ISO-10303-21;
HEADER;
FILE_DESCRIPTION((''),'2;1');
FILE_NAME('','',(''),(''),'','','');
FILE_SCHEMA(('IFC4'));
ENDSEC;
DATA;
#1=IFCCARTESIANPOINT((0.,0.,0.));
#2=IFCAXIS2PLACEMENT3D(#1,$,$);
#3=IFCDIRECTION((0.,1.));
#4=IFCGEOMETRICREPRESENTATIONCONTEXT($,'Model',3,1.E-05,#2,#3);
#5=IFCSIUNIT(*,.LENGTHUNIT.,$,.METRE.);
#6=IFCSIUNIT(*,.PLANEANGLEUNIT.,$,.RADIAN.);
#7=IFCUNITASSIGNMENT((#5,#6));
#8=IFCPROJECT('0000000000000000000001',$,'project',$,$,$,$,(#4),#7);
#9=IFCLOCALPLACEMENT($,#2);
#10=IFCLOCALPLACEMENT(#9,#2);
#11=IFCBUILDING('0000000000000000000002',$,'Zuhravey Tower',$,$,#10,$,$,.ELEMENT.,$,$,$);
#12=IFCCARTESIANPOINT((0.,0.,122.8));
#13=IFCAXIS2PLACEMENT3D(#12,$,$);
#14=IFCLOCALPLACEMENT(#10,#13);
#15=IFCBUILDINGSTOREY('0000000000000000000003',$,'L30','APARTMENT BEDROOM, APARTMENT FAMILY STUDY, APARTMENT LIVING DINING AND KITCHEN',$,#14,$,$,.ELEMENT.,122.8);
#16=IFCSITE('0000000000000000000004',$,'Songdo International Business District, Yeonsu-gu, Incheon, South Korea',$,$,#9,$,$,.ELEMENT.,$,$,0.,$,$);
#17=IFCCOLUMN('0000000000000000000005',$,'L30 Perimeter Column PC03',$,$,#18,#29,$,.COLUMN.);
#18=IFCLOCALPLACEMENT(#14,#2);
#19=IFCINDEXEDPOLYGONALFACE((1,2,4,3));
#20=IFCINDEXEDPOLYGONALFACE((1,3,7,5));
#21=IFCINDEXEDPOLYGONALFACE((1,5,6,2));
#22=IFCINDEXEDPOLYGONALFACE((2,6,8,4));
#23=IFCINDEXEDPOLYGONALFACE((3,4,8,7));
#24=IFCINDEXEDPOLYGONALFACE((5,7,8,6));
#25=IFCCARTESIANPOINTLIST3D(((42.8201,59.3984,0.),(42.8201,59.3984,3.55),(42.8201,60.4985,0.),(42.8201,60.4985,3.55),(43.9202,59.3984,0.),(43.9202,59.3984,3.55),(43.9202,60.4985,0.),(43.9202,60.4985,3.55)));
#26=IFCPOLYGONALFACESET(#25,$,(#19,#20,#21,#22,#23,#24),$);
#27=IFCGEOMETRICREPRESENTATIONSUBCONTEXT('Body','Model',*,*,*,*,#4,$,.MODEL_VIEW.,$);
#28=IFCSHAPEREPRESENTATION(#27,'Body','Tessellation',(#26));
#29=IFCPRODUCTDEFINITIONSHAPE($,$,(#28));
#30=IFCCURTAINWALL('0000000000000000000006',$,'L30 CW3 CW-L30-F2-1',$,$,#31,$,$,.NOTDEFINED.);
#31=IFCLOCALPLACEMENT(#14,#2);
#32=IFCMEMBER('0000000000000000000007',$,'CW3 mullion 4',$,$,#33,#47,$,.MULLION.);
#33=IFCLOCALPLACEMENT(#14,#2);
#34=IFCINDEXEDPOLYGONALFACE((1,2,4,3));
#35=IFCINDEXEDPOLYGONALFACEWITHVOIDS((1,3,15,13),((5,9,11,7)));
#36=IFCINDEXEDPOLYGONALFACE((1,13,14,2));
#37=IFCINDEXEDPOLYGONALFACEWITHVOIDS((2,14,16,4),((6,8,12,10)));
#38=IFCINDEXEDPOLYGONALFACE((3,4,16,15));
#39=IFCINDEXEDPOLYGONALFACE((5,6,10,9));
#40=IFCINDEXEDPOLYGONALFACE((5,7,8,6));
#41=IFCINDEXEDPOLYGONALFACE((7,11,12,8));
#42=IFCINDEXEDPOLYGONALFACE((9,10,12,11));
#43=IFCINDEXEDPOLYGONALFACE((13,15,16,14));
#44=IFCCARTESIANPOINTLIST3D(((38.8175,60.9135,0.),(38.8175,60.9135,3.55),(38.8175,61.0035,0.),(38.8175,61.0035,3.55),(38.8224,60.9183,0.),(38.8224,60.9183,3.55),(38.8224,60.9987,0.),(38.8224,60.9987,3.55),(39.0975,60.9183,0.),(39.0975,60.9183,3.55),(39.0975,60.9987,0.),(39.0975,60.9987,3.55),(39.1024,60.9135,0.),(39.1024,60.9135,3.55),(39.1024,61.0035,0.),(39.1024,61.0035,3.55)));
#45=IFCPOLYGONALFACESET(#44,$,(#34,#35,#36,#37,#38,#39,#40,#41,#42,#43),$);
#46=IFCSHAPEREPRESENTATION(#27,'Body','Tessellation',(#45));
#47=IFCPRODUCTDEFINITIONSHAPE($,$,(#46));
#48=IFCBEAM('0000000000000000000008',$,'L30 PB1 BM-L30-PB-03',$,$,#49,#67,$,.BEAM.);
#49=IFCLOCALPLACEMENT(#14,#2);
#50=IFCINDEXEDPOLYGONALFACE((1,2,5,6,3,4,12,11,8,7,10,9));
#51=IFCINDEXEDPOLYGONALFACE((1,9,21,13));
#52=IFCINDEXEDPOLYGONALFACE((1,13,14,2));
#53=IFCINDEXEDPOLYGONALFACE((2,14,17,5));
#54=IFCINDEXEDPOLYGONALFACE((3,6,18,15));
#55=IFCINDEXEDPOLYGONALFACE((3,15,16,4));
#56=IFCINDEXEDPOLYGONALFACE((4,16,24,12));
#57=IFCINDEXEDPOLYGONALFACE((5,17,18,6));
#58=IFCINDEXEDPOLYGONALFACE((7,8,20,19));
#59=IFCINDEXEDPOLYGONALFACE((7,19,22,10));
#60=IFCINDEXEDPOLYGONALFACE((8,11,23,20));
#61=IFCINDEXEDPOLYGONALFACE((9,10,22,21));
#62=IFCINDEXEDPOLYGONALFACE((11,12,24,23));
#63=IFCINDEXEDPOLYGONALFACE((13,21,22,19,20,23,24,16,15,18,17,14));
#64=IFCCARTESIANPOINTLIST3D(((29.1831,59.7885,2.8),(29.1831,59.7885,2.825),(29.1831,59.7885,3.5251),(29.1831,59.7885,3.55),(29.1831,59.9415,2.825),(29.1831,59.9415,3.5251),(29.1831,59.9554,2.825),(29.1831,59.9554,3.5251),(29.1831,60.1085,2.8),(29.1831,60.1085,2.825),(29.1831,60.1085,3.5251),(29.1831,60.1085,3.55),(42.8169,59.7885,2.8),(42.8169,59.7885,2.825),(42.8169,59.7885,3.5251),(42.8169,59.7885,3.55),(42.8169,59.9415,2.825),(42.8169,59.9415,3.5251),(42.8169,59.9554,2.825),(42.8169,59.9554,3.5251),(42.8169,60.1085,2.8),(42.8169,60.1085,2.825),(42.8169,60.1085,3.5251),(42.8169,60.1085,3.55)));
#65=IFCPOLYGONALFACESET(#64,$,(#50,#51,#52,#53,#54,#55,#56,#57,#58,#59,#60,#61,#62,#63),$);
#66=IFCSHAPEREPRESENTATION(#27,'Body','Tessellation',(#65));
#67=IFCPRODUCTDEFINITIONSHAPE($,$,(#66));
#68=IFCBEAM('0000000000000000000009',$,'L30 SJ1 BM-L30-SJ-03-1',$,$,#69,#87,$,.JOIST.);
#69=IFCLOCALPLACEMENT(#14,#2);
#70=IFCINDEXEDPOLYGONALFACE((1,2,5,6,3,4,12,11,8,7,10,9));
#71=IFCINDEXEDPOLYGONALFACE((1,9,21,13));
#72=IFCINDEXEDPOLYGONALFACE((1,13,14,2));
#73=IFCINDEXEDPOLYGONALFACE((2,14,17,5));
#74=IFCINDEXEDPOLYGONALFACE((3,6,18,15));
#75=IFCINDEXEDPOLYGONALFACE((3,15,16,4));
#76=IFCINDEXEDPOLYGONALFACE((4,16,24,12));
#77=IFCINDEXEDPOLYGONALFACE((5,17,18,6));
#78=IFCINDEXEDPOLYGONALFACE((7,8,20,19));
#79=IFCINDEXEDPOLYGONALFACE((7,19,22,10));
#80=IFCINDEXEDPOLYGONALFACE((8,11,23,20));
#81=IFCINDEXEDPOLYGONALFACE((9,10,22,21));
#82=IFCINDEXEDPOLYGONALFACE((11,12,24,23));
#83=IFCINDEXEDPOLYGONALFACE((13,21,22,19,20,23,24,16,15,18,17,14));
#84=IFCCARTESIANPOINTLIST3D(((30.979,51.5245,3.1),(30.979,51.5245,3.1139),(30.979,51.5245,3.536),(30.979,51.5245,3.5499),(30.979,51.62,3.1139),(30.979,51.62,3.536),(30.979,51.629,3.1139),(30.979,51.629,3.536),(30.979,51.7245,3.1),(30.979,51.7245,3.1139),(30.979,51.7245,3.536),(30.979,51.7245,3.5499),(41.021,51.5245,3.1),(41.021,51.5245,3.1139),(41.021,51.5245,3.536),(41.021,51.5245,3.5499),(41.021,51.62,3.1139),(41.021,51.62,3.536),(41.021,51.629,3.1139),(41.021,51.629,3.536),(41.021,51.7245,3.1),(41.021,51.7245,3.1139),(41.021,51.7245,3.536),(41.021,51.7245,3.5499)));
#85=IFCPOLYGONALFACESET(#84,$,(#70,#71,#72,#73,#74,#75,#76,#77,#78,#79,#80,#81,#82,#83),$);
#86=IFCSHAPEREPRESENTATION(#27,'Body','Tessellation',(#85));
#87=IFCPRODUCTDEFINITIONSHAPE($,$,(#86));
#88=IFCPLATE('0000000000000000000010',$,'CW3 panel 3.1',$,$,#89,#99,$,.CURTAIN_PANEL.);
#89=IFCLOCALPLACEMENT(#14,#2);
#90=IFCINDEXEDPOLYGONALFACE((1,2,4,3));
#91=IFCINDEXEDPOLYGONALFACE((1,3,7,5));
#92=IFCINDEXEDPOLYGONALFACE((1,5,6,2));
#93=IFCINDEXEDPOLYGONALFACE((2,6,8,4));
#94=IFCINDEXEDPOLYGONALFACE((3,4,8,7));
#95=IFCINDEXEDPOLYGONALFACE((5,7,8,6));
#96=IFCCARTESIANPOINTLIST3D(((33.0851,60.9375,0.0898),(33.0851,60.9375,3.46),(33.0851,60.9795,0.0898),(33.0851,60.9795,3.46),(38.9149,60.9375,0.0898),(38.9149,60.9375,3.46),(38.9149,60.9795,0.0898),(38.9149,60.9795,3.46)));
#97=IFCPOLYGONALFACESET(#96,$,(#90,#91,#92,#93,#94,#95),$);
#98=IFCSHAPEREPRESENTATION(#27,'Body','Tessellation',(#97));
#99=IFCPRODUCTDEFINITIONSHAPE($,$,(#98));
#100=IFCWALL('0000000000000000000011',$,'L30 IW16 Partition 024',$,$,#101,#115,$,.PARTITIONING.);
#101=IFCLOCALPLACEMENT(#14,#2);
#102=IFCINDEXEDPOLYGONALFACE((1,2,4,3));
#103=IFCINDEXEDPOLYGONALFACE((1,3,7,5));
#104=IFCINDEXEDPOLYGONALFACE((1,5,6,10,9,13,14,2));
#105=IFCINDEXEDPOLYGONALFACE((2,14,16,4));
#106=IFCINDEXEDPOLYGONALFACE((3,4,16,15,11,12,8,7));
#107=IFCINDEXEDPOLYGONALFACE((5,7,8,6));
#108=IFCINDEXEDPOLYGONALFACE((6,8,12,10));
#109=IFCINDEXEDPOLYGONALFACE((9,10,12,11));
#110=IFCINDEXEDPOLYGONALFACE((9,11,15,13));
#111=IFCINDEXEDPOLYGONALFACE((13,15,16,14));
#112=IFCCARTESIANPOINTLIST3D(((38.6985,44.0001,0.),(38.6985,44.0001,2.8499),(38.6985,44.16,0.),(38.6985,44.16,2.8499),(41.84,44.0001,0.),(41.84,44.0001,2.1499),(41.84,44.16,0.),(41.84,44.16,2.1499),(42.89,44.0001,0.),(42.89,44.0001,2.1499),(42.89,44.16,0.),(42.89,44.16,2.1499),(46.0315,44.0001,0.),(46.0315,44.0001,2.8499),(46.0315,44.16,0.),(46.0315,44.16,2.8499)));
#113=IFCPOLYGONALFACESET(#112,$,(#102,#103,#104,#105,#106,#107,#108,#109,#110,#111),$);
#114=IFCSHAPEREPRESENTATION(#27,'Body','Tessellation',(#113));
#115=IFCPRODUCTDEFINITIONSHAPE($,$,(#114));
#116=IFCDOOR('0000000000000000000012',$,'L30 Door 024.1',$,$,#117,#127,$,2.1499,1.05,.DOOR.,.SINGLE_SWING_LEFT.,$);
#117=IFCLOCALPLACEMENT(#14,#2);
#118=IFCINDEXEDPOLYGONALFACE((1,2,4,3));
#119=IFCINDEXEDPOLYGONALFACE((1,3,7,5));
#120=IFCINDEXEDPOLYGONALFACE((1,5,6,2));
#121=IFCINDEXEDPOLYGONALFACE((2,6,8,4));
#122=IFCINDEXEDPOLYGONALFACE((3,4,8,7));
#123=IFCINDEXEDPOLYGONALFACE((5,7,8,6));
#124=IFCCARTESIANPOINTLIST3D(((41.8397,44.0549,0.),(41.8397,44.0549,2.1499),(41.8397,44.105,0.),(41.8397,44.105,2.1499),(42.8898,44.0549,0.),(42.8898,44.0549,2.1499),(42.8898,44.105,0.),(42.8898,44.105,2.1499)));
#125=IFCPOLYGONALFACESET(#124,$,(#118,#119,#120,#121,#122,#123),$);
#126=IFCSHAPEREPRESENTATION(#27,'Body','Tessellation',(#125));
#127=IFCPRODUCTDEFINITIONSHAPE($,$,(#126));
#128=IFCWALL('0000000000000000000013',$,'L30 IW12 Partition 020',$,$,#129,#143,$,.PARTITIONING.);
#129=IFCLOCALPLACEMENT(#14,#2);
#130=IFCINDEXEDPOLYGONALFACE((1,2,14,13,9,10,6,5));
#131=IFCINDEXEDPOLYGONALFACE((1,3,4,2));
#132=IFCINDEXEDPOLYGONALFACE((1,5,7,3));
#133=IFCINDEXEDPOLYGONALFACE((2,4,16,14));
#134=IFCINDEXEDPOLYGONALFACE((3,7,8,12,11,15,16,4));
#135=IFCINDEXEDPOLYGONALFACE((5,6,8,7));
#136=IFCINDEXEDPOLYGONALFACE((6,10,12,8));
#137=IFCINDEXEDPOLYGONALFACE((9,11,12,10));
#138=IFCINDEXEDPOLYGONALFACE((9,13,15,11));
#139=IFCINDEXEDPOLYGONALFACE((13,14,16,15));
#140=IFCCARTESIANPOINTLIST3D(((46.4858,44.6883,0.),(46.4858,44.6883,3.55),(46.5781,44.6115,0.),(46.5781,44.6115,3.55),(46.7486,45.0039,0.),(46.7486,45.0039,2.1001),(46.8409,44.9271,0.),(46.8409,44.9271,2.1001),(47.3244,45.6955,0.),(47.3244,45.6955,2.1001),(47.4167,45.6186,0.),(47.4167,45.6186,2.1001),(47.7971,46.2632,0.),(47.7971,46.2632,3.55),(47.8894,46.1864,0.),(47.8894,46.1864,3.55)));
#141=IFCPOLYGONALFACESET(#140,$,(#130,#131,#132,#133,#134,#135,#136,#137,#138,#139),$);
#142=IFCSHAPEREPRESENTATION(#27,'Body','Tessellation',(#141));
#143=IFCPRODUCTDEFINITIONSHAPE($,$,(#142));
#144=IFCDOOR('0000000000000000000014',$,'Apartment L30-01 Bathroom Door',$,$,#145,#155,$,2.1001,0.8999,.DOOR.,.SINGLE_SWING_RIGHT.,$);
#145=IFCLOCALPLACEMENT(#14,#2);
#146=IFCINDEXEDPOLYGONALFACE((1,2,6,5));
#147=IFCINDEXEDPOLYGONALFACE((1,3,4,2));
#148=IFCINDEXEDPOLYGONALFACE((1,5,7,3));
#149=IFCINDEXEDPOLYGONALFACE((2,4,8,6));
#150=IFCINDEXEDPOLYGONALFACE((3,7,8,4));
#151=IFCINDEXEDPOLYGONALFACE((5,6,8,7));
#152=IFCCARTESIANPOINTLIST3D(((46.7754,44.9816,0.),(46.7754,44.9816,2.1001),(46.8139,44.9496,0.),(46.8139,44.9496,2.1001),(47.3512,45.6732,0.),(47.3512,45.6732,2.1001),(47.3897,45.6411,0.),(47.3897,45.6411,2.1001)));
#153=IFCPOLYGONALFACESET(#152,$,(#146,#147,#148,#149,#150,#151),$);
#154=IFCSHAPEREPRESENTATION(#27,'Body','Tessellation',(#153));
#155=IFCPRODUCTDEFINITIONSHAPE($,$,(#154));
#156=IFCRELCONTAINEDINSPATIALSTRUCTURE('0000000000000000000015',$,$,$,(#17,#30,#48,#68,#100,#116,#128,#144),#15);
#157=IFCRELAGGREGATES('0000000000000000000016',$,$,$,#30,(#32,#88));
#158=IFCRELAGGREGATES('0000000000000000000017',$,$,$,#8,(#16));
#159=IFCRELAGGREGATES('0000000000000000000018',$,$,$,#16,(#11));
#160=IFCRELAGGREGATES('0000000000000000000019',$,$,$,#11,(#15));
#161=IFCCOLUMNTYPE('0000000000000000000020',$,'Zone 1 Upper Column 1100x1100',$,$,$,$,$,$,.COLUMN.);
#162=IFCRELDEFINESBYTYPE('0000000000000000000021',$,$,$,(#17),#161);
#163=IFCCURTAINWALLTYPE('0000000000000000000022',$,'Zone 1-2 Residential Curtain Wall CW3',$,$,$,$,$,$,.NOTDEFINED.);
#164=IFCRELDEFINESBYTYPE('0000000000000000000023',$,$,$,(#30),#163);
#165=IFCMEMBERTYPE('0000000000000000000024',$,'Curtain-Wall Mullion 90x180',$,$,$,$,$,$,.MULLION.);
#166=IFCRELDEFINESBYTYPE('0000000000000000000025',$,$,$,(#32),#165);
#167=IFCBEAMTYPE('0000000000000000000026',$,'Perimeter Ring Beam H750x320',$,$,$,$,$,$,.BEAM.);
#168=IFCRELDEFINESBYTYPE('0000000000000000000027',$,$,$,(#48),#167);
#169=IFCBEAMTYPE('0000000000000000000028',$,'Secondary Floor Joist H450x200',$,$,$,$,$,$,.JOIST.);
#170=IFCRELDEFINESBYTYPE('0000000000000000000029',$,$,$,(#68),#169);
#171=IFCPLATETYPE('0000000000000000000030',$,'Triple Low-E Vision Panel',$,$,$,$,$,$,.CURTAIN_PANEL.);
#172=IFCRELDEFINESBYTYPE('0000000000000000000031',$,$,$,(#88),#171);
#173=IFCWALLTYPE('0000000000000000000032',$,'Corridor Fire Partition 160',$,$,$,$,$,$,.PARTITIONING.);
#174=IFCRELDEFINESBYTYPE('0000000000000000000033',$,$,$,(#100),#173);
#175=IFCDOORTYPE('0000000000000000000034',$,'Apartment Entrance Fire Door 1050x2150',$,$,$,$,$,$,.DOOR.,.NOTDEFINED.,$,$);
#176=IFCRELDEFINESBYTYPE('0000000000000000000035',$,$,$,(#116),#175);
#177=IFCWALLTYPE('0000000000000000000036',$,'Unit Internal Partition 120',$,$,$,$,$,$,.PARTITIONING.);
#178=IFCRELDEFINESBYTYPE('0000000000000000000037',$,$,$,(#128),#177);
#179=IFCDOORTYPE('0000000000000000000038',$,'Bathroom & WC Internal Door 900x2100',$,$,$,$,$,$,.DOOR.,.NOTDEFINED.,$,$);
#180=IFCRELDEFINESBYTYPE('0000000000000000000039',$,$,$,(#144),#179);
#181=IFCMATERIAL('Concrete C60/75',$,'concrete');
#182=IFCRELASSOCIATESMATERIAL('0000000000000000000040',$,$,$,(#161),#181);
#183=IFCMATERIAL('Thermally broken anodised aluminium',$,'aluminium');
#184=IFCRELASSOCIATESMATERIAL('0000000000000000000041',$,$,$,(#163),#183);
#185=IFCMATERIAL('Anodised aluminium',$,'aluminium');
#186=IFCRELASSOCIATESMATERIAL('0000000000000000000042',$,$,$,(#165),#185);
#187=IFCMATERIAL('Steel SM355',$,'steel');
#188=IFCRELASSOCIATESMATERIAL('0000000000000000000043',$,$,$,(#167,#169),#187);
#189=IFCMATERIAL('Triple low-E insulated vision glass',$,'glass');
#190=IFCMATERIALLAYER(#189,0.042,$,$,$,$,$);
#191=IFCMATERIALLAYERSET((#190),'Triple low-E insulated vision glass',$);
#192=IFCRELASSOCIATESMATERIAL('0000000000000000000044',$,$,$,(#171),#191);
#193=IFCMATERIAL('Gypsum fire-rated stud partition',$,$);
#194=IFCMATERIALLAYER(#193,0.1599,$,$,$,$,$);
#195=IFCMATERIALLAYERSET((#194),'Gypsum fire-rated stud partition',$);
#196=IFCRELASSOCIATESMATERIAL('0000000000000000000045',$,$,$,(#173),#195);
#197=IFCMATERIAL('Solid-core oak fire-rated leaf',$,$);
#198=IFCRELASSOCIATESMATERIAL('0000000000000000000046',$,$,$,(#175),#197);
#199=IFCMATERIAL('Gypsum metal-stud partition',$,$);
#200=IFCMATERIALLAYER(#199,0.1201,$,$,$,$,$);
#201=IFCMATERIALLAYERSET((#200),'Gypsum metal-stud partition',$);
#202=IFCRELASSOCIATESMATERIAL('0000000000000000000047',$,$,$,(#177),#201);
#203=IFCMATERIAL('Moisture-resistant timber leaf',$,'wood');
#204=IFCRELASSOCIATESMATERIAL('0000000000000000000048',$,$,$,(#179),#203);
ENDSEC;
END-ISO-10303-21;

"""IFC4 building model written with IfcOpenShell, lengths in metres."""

from ifc_helpers import new_model, si_unit, direction, frame, frame_2d, origin, origin_2d, place, context, subcontext, project, spatial, rectangle, hollow_rectangle, i_section, extrude, material, layer, layer_set, material_profile, profile_set, type_object, element, fill, aggregate, save


model = new_model("IFC4")

# Units and contexts
model_context = context("Model", 3, precision=1e-05, world=origin(), true_north=direction((0.0, 1.0)))
body_context = subcontext(model_context, "Body", "Model", "MODEL_VIEW")
ifc_project = project(units=[si_unit("LENGTHUNIT", "METRE"), si_unit("PLANEANGLEUNIT", "RADIAN")], contexts=[model_context])

# Site, building, storey
site_placement = place(None, origin())
site = spatial("IfcSite", under=ifc_project, at=site_placement, Name="Songdo International Business District, Yeonsu-gu, Incheon, South Korea", CompositionType="ELEMENT", RefElevation=0.0)
building_placement = place(site_placement, origin())
building = spatial("IfcBuilding", under=site, at=building_placement, Name="Zuhravey Tower", CompositionType="ELEMENT")
storey_placement = place(building_placement, frame((0.0, 0.0, 122.8)))
storey = spatial("IfcBuildingStorey", under=building, at=storey_placement, Name="L30", Description="APARTMENT BEDROOM, APARTMENT FAMILY STUDY, APARTMENT LIVING DINING AND KITCHEN", CompositionType="ELEMENT", Elevation=122.8)

# Column
ifc_material_1 = material(Name="Concrete C60/75", Category="concrete")
ifc_material_profile_1 = material_profile(ifc_material_1, rectangle(XDim=1.1001, YDim=1.1001, at=origin_2d()), Name="RC-1100x1100")
ifc_profile_set_1 = profile_set([ifc_material_profile_1], Name="Concrete C60/75")
column_type = type_object("IfcColumnType", Name="Zone 1 Upper Column 1100x1100", PredefinedType="COLUMN", material=ifc_profile_set_1)
column_placement = place(storey_placement, frame((43.3701, 59.9485, 0.0), z_axis=(0.0, 0.0, 1.0), x_axis=(-1.0, 0.0, 0.0)))
element("IfcColumn", 1, at=column_placement, inside=storey, type_object=column_type, Name="L30 Perimeter Column PC03", PredefinedType="COLUMN", context=body_context, shape_type="SweptSolid", body=[
    extrude(rectangle(XDim=1.1001, YDim=1.1001, at=origin_2d()), origin(), (0.0, 0.0, 1.0), 3.55),
])

# Curtain wall, member
ifc_material_2 = material(Name="Thermally broken anodised aluminium", Category="aluminium")
curtain_wall_type = type_object("IfcCurtainWallType", Name="Zone 1-2 Residential Curtain Wall CW3", PredefinedType="NOTDEFINED", material=ifc_material_2)
curtain_wall_placement = place(storey_placement, origin())
curtain_wall = element("IfcCurtainWall", 2, at=curtain_wall_placement, inside=storey, type_object=curtain_wall_type, Name="L30 CW3 CW-L30-F2-1", PredefinedType="NOTDEFINED")
ifc_material_3 = material(Name="Anodised aluminium", Category="aluminium")
ifc_material_profile_2 = material_profile(ifc_material_3, hollow_rectangle(XDim=0.0901, YDim=0.2849, WallThickness=0.0049, at=origin_2d()), Name="ALU-RHS-90x285x5")
ifc_profile_set_2 = profile_set([ifc_material_profile_2], Name="Anodised aluminium")
member_type = type_object("IfcMemberType", Name="Curtain-Wall Mullion 90x180", PredefinedType="MULLION", material=ifc_profile_set_2)
member_placement = place(storey_placement, frame((38.96, 60.9585, 0.0), z_axis=(0.0, 0.0, 1.0), x_axis=(0.0, 1.0, 0.0)))
member = element("IfcMember", 3, at=member_placement, type_object=member_type, Name="CW3 mullion 4", PredefinedType="MULLION", context=body_context, shape_type="SweptSolid", body=[
    extrude(hollow_rectangle(XDim=0.0901, YDim=0.2849, WallThickness=0.0049, at=origin_2d()), origin(), (0.0, 0.0, 1.0), 3.55),
])

# Beams
ifc_material_4 = material(Name="Steel SM355", Category="steel")
ifc_material_profile_3 = material_profile(ifc_material_4, i_section(OverallWidth=0.3201, OverallDepth=0.75, WebThickness=0.0139, FlangeThickness=0.0249, at=origin_2d()), Name="H-750x320x14x25")
ifc_profile_set_3 = profile_set([ifc_material_profile_3], Name="Steel SM355")
beam_type_1 = type_object("IfcBeamType", Name="Perimeter Ring Beam H750x320", PredefinedType="BEAM", material=ifc_profile_set_3)
beam_1_placement = place(storey_placement, frame((42.8169, 59.9485, 3.175), z_axis=(-1.0, 0.0, 0.0), x_axis=(0.0, -1.0, 0.0)))
element("IfcBeam", 4, at=beam_1_placement, inside=storey, type_object=beam_type_1, Name="L30 PB1 BM-L30-PB-03", PredefinedType="BEAM", context=body_context, shape_type="SweptSolid", body=[
    extrude(i_section(OverallWidth=0.3201, OverallDepth=0.75, WebThickness=0.0139, FlangeThickness=0.0249, at=origin_2d()), origin(), (0.0, 0.0, 1.0), 13.6338),
])
ifc_material_profile_4 = material_profile(ifc_material_4, i_section(OverallWidth=0.2, OverallDepth=0.45, WebThickness=0.009, FlangeThickness=0.0139, at=origin_2d()), Name="H-450x200x9x14")
ifc_profile_set_4 = profile_set([ifc_material_profile_4], Name="Steel SM355")
beam_type_2 = type_object("IfcBeamType", Name="Secondary Floor Joist H450x200", PredefinedType="JOIST", material=ifc_profile_set_4)
beam_2_placement = place(storey_placement, frame((41.021, 51.6245, 3.325), z_axis=(-1.0, 0.0, 0.0), x_axis=(0.0, -1.0, 0.0)))
element("IfcBeam", 5, at=beam_2_placement, inside=storey, type_object=beam_type_2, Name="L30 SJ1 BM-L30-SJ-03-1", PredefinedType="JOIST", context=body_context, shape_type="SweptSolid", body=[
    extrude(i_section(OverallWidth=0.2, OverallDepth=0.45, WebThickness=0.009, FlangeThickness=0.0139, at=origin_2d()), origin(), (0.0, 0.0, 1.0), 10.042),
])

# Plate
ifc_material_5 = material(Name="Triple low-E insulated vision glass", Category="glass")
ifc_layer_1 = layer(ifc_material_5, 0.042)
ifc_layer_set_1 = layer_set([ifc_layer_1], Name="Triple low-E insulated vision glass")
plate_type = type_object("IfcPlateType", Name="Triple Low-E Vision Panel", PredefinedType="CURTAIN_PANEL", material=ifc_layer_set_1)
plate_placement = place(storey_placement, frame((36.0, 60.9585, 0.0898), z_axis=(0.0, 0.0, 1.0), x_axis=(1.0, 0.0, 0.0)))
plate = element("IfcPlate", 6, at=plate_placement, type_object=plate_type, Name="CW3 panel 3.1", PredefinedType="CURTAIN_PANEL", context=body_context, shape_type="SweptSolid", body=[
    extrude(rectangle(XDim=5.8298, YDim=0.042, at=origin_2d()), origin(), (0.0, 0.0, 1.0), 3.3701),
])
aggregate(curtain_wall, [member, plate])

# Walls, openings, doors
ifc_material_6 = material(Name="Gypsum fire-rated stud partition")
ifc_layer_2 = layer(ifc_material_6, 0.1599)
ifc_layer_set_2 = layer_set([ifc_layer_2], Name="Gypsum fire-rated stud partition")
wall_type_1 = type_object("IfcWallType", Name="Corridor Fire Partition 160", PredefinedType="PARTITIONING", material=ifc_layer_set_2)
wall_1_placement = place(storey_placement, frame((46.0315, 44.0801, 0.0), z_axis=(0.0, 0.0, 1.0), x_axis=(-1.0, 0.0, 0.0)))
wall_1 = element("IfcWall", 7, at=wall_1_placement, inside=storey, type_object=wall_type_1, Name="L30 IW16 Partition 024", PredefinedType="PARTITIONING", context=body_context, shape_type="SweptSolid", body=[
    extrude(rectangle(XDim=7.333, YDim=0.1599, at=frame_2d((3.6665, 0.0))), origin(), (0.0, 0.0, 1.0), 2.8499),
])
opening_1_placement = place(wall_1_placement, frame((3.1416, 0.0, 0.0)))
opening_1 = element("IfcOpeningElement", 8, at=opening_1_placement, cuts=wall_1, PredefinedType="OPENING", context=body_context, shape_type="SweptSolid", body=[
    extrude(rectangle(XDim=1.05, YDim=2.1499, at=frame_2d((0.5249, 1.075))), frame((0.0, 0.092, 0.0), z_axis=(0.0, -1.0, 0.0), x_axis=(1.0, 0.0, 0.0)), (0.0, 0.0, 1.0), 0.1838),
])
ifc_material_7 = material(Name="Solid-core oak fire-rated leaf")
door_type_1 = type_object("IfcDoorType", Name="Apartment Entrance Fire Door 1050x2150", OperationType="NOTDEFINED", PredefinedType="DOOR", material=ifc_material_7)
door_1_placement = place(opening_1_placement, frame((1.05, 0.0, 0.0), z_axis=(0.0, 0.0, 1.0), x_axis=(-1.0, 0.0, 0.0)))
door_1 = element("IfcDoor", 9, at=door_1_placement, inside=storey, type_object=door_type_1, Name="L30 Door 024.1", OperationType="SINGLE_SWING_LEFT", OverallHeight=2.1499, OverallWidth=1.05, PredefinedType="DOOR", context=body_context, shape_type="SweptSolid", body=[
    extrude(rectangle(XDim=1.05, YDim=2.1499, at=frame_2d((0.5249, 1.075))), frame((0.0, 0.0249, 0.0), z_axis=(0.0, -1.0, 0.0), x_axis=(1.0, 0.0, 0.0)), (0.0, 0.0, 1.0), 0.05),
])
fill(opening_1, door_1)
ifc_material_8 = material(Name="Gypsum metal-stud partition")
ifc_layer_3 = layer(ifc_material_8, 0.1201)
ifc_layer_set_3 = layer_set([ifc_layer_3], Name="Gypsum metal-stud partition")
wall_type_2 = type_object("IfcWallType", Name="Unit Internal Partition 120", PredefinedType="PARTITIONING", material=ifc_layer_set_3)
wall_2_placement = place(storey_placement, frame((46.532, 44.6499, 0.0), z_axis=(0.0, 0.0, 1.0), x_axis=(0.639845, 0.768504, 0.0)))
wall_2 = element("IfcWall", 10, at=wall_2_placement, inside=storey, type_object=wall_type_2, Name="L30 IW12 Partition 020", PredefinedType="PARTITIONING", context=body_context, shape_type="SweptSolid", body=[
    extrude(rectangle(XDim=2.0493, YDim=0.1201, at=frame_2d((1.0247, 0.0))), origin(), (0.0, 0.0, 1.0), 3.55),
])
opening_2_placement = place(wall_2_placement, frame((0.4106, 0.0, 0.0)))
opening_2 = element("IfcOpeningElement", 11, at=opening_2_placement, cuts=wall_2, PredefinedType="OPENING", context=body_context, shape_type="SweptSolid", body=[
    extrude(rectangle(XDim=0.8999, YDim=2.1001, at=frame_2d((0.45, 1.05))), frame((0.0, 0.072, 0.0), z_axis=(0.0, -1.0, 0.0), x_axis=(1.0, 0.0, 0.0)), (0.0, 0.0, 1.0), 0.144),
])
ifc_material_9 = material(Name="Moisture-resistant timber leaf", Category="wood")
door_type_2 = type_object("IfcDoorType", Name="Bathroom & WC Internal Door 900x2100", OperationType="NOTDEFINED", PredefinedType="DOOR", material=ifc_material_9)
door_2_placement = place(opening_2_placement, frame((0.8999, 0.0, 0.0), z_axis=(0.0, 0.0, 1.0), x_axis=(-1.0, 0.0, 0.0)))
door_2 = element("IfcDoor", 12, at=door_2_placement, inside=storey, type_object=door_type_2, Name="Apartment L30-01 Bathroom Door", OperationType="SINGLE_SWING_RIGHT", OverallHeight=2.1001, OverallWidth=0.8999, PredefinedType="DOOR", context=body_context, shape_type="SweptSolid", body=[
    extrude(rectangle(XDim=0.8999, YDim=2.1001, at=frame_2d((0.45, 1.05))), frame((0.0, 0.0249, 0.0), z_axis=(0.0, -1.0, 0.0), x_axis=(1.0, 0.0, 0.0)), (0.0, 0.0, 1.0), 0.05),
])
fill(opening_2, door_2)

save(model, "model.ifc")
